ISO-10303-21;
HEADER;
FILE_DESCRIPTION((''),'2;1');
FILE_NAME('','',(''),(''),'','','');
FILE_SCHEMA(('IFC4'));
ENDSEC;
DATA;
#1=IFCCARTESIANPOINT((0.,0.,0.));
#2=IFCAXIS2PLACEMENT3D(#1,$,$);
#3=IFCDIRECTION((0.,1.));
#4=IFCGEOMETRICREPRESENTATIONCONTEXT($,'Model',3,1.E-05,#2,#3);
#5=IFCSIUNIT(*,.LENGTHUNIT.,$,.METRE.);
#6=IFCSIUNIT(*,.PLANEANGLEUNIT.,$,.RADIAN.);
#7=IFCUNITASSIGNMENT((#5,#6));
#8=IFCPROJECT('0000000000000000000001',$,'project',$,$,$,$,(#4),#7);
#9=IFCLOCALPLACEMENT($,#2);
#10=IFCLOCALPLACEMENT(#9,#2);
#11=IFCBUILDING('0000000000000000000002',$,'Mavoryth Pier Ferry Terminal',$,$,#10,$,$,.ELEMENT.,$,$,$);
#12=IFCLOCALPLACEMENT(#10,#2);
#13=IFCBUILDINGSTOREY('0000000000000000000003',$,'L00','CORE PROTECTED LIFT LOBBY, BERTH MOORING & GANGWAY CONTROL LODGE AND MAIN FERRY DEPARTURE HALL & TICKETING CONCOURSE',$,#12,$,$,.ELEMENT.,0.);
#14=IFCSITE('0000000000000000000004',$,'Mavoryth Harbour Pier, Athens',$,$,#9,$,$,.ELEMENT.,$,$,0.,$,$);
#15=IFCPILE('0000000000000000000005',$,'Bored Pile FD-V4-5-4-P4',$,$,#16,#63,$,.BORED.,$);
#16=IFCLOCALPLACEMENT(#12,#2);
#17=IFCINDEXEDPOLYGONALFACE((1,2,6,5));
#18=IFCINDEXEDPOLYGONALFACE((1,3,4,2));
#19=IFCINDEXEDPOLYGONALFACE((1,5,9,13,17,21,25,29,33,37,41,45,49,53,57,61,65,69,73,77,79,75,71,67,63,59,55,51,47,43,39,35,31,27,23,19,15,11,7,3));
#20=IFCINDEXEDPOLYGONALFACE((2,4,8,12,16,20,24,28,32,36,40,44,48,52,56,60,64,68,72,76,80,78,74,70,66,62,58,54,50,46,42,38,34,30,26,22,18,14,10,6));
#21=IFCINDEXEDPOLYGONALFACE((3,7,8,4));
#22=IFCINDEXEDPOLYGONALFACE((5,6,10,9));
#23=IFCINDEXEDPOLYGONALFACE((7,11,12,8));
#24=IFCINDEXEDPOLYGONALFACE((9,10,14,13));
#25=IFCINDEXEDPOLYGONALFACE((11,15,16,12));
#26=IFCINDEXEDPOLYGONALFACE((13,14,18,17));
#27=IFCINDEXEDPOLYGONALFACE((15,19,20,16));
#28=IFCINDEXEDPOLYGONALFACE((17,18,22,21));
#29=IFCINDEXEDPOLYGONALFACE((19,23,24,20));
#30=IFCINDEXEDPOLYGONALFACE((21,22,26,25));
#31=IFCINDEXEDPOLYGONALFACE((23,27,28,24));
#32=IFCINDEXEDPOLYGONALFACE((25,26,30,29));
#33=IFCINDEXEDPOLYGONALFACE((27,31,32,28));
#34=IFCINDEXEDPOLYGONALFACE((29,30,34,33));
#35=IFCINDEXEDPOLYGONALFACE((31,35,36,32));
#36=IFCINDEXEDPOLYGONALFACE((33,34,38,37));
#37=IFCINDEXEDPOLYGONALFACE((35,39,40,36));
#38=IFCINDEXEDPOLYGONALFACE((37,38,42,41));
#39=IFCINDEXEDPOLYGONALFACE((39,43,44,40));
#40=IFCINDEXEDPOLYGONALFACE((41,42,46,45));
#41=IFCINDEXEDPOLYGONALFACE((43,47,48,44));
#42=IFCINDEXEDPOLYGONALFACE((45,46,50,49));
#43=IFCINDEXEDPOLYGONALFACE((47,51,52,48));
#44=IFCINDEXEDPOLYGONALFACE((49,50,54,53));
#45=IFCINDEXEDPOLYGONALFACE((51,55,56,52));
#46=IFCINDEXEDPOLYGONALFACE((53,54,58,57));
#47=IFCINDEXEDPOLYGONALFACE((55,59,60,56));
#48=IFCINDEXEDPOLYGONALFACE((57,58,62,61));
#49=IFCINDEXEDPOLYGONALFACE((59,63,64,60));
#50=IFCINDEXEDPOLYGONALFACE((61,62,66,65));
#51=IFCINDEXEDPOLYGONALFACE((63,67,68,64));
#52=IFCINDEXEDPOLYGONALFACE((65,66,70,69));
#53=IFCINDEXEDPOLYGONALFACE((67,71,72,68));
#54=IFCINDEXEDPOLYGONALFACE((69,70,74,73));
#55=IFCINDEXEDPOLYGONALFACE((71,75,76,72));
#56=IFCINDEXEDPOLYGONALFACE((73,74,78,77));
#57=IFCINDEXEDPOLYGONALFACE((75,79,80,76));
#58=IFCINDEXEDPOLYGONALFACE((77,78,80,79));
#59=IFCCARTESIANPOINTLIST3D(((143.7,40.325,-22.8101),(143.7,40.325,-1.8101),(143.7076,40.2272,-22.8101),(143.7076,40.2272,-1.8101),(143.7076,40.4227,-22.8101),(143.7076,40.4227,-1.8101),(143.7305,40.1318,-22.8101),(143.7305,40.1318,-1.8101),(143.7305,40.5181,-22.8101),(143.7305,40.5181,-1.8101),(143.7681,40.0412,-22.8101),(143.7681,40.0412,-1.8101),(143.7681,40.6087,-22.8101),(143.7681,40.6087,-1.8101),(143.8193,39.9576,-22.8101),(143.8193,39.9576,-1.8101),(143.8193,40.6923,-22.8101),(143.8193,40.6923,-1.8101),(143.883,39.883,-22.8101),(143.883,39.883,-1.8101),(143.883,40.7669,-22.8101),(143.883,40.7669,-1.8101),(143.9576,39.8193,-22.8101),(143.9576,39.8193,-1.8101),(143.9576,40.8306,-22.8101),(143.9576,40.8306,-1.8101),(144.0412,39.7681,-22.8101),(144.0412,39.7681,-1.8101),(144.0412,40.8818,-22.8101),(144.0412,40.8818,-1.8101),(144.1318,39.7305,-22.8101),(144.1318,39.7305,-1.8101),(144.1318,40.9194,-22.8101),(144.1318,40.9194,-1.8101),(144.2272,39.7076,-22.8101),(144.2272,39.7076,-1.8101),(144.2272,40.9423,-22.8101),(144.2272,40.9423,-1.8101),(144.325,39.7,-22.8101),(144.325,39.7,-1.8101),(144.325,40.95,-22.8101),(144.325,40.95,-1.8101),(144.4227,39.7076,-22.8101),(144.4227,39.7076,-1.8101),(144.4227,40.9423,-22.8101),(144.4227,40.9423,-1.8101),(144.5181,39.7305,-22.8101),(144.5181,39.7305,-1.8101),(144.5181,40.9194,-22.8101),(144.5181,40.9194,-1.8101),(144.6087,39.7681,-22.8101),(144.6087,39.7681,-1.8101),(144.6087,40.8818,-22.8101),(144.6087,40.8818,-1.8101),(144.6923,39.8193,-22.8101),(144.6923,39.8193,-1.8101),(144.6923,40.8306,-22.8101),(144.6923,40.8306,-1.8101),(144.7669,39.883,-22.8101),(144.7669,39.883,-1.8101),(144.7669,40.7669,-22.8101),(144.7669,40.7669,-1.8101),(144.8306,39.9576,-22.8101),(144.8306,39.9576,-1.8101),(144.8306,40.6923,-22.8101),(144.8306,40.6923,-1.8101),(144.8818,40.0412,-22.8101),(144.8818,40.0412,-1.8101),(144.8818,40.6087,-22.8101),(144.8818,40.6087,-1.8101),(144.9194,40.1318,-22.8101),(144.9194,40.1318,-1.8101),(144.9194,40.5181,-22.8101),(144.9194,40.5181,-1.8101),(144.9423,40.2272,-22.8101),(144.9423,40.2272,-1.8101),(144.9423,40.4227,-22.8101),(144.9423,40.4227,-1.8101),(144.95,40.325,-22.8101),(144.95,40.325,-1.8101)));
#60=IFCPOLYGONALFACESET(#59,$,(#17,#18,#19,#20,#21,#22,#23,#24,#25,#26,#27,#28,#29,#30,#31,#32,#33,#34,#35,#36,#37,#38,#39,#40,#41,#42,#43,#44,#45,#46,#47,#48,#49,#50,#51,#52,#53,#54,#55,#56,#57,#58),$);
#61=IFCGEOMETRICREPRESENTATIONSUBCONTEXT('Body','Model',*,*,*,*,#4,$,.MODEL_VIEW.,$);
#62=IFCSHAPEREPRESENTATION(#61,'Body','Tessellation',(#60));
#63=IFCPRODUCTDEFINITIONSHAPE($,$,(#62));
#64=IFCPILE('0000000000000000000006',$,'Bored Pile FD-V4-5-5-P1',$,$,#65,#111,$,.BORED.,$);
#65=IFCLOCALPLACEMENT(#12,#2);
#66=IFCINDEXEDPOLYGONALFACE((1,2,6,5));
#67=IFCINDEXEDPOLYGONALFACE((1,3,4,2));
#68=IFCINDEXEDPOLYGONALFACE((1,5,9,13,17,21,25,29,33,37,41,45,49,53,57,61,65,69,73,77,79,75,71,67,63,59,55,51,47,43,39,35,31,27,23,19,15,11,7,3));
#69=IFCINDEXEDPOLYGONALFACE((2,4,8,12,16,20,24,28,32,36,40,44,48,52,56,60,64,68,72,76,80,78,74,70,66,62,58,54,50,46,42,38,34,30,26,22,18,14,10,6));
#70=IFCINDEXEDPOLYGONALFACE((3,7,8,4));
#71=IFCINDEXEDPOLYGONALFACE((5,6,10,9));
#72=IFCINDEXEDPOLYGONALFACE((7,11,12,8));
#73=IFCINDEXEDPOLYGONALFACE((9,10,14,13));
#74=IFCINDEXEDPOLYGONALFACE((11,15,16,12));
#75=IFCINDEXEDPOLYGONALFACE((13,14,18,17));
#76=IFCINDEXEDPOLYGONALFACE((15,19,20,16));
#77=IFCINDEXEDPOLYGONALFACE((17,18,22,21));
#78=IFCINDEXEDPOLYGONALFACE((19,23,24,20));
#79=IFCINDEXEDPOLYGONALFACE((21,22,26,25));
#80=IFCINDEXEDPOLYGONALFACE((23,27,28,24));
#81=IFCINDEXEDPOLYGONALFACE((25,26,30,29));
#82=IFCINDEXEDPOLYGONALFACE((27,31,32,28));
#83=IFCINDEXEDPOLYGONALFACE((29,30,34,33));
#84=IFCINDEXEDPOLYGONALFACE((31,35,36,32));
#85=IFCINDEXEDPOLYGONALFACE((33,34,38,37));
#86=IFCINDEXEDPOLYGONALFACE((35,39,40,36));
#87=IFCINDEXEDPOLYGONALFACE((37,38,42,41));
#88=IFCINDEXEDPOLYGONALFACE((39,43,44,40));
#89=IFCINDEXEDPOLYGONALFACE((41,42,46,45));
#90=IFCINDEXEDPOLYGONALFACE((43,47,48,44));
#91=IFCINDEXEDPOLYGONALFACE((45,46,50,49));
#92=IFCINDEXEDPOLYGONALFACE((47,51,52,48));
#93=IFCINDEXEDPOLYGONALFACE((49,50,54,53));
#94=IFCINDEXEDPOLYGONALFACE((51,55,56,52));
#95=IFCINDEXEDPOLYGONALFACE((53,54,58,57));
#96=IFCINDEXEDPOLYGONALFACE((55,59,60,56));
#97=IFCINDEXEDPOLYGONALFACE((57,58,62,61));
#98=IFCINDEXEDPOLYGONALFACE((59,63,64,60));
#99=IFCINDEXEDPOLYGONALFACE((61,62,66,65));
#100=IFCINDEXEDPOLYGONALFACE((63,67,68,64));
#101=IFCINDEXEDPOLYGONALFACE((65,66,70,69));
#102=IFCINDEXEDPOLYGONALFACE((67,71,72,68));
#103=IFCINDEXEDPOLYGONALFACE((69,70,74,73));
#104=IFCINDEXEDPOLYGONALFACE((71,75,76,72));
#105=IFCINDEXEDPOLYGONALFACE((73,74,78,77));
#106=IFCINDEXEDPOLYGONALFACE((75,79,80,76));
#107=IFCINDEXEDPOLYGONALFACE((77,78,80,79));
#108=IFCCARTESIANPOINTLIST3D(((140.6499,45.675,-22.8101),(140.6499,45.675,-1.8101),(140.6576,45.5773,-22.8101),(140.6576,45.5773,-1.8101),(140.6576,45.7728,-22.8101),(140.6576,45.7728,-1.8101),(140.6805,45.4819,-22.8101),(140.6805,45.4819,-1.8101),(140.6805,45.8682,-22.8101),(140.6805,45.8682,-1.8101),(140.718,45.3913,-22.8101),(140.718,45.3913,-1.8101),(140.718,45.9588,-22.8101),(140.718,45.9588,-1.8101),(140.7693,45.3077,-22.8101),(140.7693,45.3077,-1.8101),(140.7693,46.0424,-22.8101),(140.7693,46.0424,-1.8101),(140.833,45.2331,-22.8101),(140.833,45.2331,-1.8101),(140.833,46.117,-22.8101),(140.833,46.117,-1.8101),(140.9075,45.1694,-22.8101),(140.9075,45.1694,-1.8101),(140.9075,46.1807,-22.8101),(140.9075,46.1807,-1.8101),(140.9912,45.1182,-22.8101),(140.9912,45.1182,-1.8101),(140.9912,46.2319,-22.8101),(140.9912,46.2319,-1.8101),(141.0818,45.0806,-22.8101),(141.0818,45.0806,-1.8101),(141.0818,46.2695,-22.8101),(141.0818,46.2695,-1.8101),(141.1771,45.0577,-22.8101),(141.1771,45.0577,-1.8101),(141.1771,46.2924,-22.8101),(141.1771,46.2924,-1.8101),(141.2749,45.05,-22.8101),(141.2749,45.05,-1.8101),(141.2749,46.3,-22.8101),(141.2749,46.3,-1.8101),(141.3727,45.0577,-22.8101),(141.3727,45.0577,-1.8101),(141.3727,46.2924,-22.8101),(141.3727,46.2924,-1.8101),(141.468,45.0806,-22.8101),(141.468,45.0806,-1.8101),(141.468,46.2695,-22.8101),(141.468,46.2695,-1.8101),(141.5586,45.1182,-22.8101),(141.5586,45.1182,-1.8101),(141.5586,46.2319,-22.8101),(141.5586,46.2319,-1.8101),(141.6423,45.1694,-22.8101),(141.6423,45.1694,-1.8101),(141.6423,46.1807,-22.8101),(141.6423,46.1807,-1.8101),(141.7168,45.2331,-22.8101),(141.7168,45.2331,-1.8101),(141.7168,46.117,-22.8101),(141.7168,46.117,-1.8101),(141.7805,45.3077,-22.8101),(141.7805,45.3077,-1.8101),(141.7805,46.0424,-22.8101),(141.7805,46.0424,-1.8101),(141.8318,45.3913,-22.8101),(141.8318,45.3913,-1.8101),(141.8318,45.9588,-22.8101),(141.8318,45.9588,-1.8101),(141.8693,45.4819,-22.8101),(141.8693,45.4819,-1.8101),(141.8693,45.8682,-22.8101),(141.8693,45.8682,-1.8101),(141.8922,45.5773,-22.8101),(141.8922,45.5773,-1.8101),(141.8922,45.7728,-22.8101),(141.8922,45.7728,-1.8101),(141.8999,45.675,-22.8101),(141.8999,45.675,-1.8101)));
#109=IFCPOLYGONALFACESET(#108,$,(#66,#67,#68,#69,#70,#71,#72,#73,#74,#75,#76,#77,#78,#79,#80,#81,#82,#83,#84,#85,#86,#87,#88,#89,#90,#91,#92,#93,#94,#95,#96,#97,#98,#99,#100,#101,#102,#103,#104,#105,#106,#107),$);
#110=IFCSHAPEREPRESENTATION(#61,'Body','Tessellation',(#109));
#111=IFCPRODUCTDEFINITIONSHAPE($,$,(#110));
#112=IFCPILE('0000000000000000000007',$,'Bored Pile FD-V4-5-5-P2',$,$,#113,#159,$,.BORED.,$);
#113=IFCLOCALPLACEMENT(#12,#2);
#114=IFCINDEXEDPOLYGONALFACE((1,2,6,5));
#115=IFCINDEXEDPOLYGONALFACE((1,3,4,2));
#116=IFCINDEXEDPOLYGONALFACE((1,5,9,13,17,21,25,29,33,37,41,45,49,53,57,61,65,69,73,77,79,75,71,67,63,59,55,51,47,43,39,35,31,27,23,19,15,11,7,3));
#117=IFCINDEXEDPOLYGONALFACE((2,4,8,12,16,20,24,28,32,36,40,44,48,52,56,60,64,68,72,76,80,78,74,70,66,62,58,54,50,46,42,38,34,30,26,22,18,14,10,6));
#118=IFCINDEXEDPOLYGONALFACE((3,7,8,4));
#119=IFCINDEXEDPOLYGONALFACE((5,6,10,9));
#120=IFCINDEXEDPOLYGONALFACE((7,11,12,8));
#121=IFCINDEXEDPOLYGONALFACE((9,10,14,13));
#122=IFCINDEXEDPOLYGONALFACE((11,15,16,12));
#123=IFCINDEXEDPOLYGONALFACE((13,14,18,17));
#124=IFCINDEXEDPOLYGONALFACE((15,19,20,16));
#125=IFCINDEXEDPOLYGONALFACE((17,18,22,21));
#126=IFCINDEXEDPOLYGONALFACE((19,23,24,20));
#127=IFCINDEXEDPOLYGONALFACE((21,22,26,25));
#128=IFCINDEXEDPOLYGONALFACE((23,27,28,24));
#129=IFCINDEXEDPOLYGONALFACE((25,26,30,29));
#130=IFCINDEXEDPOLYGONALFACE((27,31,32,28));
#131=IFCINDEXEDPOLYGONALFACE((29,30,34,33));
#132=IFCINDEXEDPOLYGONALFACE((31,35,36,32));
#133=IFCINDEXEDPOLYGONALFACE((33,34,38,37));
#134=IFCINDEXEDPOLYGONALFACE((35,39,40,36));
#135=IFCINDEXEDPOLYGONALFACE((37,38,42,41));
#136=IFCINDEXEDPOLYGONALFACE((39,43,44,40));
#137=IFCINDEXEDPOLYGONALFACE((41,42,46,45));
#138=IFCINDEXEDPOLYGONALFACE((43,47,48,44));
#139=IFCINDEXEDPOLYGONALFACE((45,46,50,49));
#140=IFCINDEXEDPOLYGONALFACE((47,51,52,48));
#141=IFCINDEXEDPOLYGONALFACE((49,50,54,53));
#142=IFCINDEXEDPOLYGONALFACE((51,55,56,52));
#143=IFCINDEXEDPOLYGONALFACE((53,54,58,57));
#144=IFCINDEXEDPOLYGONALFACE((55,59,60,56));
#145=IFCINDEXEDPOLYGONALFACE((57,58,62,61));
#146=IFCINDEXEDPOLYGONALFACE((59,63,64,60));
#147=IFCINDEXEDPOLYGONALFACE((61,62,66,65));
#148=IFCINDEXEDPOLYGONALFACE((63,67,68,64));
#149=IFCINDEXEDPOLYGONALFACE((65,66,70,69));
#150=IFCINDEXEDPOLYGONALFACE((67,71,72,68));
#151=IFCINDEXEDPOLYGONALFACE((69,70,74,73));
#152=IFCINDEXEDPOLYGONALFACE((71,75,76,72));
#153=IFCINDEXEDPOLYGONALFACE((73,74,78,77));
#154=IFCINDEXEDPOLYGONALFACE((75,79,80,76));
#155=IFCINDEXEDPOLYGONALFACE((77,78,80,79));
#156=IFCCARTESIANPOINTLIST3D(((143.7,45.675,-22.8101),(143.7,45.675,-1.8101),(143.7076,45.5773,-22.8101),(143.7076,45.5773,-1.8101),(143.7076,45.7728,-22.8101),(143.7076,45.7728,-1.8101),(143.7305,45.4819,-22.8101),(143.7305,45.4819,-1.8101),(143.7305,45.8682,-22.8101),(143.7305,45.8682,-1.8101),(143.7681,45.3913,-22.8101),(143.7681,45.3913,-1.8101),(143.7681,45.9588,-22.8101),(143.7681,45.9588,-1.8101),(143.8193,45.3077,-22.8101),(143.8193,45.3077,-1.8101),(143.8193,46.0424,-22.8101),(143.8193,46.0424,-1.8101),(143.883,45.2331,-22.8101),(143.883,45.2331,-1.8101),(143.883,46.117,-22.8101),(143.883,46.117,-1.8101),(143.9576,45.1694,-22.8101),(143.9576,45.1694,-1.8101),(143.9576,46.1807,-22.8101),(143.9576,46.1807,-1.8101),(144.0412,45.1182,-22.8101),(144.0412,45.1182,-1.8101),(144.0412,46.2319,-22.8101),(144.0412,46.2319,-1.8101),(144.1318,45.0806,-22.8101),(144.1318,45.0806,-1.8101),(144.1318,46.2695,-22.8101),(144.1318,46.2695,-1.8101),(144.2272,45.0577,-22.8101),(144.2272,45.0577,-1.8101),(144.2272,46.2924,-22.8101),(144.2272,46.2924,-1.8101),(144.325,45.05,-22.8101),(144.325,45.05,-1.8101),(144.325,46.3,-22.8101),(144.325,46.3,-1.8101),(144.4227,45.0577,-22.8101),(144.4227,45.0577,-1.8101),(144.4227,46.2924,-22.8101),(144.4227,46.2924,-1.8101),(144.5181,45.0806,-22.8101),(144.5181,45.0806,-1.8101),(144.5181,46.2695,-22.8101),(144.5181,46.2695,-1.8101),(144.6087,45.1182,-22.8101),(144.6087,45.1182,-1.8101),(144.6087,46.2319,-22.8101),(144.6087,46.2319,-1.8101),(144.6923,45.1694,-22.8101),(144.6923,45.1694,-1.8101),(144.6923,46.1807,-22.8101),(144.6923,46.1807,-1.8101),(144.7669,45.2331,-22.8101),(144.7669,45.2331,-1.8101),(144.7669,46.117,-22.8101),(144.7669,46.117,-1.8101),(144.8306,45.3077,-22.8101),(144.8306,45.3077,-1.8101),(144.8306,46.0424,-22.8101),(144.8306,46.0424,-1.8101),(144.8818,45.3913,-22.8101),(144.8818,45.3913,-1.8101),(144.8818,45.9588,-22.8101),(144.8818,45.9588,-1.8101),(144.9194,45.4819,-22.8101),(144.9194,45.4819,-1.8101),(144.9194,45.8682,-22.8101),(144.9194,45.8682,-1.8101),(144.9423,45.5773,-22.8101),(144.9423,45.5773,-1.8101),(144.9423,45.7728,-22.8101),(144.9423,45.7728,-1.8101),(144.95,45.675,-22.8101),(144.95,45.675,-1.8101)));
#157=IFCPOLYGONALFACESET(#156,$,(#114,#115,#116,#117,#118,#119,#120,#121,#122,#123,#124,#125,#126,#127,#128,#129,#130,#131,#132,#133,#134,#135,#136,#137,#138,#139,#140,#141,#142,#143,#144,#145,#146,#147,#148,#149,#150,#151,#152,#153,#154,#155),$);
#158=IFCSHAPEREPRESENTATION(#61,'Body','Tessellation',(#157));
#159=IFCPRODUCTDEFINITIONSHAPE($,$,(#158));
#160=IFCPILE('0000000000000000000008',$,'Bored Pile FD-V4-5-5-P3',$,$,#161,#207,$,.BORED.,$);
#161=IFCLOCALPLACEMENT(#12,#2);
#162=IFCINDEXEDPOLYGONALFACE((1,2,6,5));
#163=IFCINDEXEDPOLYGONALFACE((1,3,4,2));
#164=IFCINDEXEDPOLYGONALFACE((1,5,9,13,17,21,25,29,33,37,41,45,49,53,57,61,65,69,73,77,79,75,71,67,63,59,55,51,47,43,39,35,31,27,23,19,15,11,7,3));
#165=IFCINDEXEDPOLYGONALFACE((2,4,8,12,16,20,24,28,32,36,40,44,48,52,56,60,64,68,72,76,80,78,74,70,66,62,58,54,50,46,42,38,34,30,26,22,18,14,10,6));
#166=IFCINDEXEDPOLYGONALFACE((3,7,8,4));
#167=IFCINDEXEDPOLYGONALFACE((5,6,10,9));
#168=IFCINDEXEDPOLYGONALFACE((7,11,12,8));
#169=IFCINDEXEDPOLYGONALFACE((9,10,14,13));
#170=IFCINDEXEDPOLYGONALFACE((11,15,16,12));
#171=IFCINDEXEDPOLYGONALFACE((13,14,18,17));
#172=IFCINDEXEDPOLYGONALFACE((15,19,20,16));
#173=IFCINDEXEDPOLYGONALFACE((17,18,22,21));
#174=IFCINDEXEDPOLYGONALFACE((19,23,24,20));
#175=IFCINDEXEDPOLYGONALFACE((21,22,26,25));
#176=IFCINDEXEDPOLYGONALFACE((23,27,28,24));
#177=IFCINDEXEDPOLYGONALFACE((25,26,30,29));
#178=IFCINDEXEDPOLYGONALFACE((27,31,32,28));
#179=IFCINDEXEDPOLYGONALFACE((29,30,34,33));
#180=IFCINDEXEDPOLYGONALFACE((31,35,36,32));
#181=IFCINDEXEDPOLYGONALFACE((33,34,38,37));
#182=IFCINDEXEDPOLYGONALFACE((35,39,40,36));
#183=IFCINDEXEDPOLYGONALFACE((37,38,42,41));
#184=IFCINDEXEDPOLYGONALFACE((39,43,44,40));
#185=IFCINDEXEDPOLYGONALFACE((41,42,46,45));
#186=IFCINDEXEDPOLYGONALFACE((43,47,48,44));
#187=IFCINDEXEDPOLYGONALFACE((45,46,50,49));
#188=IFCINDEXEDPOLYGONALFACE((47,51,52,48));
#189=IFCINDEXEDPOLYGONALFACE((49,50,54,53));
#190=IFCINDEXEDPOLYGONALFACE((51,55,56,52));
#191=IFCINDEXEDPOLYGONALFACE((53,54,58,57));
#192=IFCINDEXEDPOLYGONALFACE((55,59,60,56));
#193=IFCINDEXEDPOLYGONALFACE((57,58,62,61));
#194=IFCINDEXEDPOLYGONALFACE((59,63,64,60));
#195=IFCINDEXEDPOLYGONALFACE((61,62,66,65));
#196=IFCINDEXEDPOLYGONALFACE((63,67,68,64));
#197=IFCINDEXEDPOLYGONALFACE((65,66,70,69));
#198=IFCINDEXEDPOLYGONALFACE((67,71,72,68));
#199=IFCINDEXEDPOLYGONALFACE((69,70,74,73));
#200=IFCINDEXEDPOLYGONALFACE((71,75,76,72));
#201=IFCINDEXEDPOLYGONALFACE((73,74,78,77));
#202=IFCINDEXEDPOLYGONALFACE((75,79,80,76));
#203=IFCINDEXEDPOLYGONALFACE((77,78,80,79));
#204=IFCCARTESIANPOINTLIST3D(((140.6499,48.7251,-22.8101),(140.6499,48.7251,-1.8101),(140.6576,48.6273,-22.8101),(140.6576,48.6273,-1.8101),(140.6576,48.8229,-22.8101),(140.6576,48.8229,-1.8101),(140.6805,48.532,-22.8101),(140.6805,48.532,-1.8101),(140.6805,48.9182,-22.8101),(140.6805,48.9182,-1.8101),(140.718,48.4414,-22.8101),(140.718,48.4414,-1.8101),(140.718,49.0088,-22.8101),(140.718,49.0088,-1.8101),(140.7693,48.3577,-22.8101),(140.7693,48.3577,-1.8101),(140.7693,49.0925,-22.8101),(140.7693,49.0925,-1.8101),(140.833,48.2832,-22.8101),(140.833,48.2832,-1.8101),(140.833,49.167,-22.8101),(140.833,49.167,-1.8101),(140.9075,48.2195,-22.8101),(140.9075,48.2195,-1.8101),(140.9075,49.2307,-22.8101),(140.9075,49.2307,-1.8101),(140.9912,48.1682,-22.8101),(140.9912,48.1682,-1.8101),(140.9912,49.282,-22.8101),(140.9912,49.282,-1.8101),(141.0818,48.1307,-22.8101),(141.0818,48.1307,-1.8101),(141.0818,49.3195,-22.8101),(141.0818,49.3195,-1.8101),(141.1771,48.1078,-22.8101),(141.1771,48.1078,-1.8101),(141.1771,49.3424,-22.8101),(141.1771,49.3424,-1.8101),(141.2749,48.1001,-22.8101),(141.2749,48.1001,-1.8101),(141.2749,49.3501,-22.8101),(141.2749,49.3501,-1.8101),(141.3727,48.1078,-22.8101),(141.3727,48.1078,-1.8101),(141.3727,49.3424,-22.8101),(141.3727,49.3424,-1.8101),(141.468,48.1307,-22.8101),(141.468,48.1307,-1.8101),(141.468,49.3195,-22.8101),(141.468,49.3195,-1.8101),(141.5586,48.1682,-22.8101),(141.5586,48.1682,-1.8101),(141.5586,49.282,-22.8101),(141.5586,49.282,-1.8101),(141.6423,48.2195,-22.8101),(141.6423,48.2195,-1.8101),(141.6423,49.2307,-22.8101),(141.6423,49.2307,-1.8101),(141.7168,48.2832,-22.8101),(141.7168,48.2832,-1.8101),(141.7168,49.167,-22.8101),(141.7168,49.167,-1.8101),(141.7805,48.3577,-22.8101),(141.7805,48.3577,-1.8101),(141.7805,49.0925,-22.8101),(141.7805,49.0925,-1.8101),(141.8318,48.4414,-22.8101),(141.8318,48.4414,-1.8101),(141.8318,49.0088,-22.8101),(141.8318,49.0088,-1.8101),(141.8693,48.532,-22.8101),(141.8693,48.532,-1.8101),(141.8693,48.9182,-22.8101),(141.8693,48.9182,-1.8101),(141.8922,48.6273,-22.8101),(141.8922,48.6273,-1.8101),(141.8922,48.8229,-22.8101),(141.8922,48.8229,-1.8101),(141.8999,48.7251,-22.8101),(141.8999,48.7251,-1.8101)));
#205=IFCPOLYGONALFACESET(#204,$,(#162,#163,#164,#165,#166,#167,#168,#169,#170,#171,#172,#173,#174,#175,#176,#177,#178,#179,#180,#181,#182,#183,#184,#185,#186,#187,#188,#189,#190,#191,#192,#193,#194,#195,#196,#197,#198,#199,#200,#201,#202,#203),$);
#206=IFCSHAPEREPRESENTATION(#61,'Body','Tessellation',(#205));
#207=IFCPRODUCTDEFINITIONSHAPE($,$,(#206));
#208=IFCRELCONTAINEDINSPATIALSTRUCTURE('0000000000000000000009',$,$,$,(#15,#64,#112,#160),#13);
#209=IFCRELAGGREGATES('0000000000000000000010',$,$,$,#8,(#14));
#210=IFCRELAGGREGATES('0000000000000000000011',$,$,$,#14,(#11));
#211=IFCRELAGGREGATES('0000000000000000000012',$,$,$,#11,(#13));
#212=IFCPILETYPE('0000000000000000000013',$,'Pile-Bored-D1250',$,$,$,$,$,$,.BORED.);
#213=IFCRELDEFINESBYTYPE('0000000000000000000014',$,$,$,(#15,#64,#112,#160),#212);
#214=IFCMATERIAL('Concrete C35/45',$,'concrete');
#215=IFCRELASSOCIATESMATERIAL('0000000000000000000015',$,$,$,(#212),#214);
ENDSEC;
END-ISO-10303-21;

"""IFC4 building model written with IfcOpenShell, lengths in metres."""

from ifc_helpers import new_model, si_unit, direction, frame, origin, origin_2d, place, context, subcontext, project, spatial, circle, extrude, material, material_profile, profile_set, type_object, element, save


model = new_model("IFC4")

# Units and contexts
model_context = context("Model", 3, precision=1e-05, world=origin(), true_north=direction((0.0, 1.0)))
body_context = subcontext(model_context, "Body", "Model", "MODEL_VIEW")
ifc_project = project(units=[si_unit("LENGTHUNIT", "METRE"), si_unit("PLANEANGLEUNIT", "RADIAN")], contexts=[model_context])

# Site, building, storey
site_placement = place(None, origin())
site = spatial("IfcSite", under=ifc_project, at=site_placement, Name="Mavoryth Harbour Pier, Athens", CompositionType="ELEMENT", RefElevation=0.0)
building_placement = place(site_placement, origin())
building = spatial("IfcBuilding", under=site, at=building_placement, Name="Mavoryth Pier Ferry Terminal", CompositionType="ELEMENT")
storey_placement = place(building_placement, origin())
storey = spatial("IfcBuildingStorey", under=building, at=storey_placement, Name="L00", Description="CORE PROTECTED LIFT LOBBY, BERTH MOORING & GANGWAY CONTROL LODGE AND MAIN FERRY DEPARTURE HALL & TICKETING CONCOURSE", CompositionType="ELEMENT", Elevation=0.0)

# Shared definitions
ifc_material_1 = material(Name="Concrete C35/45", Category="concrete")

# Piles
ifc_material_profile_1 = material_profile(ifc_material_1, circle(Radius=0.625, at=origin_2d()), Name="PILE D1250", Category="concrete")
ifc_profile_set_1 = profile_set([ifc_material_profile_1], Name="Concrete C35/45 - PILE D1250")
pile_type = type_object("IfcPileType", Name="Pile-Bored-D1250", PredefinedType="BORED", material=ifc_profile_set_1)
for number, where, z_axis, x_axis, name in (
    (1, (144.325, 40.325, -1.8101), (0.0, 0.0, -1.0), (1.0, 0.0, 0.0), "Bored Pile FD-V4-5-4-P4"),
    (2, (141.2749, 45.675, -1.8101), (0.0, 0.0, -1.0), (1.0, 0.0, 0.0), "Bored Pile FD-V4-5-5-P1"),
    (3, (144.325, 45.675, -1.8101), (0.0, 0.0, -1.0), (1.0, 0.0, 0.0), "Bored Pile FD-V4-5-5-P2"),
    (4, (141.2749, 48.7251, -1.8101), (0.0, 0.0, -1.0), (1.0, 0.0, 0.0), "Bored Pile FD-V4-5-5-P3"),
):
    element("IfcPile", number, at=place(storey_placement, frame(where, z_axis=z_axis, x_axis=x_axis)), inside=storey, type_object=pile_type, Name=name, PredefinedType="BORED", context=body_context, shape_type="SweptSolid", body=[
        extrude(circle(Radius=0.625, at=origin_2d()), origin(), (0.0, 0.0, 1.0), 21.0),
    ])

save(model, "model.ifc")
